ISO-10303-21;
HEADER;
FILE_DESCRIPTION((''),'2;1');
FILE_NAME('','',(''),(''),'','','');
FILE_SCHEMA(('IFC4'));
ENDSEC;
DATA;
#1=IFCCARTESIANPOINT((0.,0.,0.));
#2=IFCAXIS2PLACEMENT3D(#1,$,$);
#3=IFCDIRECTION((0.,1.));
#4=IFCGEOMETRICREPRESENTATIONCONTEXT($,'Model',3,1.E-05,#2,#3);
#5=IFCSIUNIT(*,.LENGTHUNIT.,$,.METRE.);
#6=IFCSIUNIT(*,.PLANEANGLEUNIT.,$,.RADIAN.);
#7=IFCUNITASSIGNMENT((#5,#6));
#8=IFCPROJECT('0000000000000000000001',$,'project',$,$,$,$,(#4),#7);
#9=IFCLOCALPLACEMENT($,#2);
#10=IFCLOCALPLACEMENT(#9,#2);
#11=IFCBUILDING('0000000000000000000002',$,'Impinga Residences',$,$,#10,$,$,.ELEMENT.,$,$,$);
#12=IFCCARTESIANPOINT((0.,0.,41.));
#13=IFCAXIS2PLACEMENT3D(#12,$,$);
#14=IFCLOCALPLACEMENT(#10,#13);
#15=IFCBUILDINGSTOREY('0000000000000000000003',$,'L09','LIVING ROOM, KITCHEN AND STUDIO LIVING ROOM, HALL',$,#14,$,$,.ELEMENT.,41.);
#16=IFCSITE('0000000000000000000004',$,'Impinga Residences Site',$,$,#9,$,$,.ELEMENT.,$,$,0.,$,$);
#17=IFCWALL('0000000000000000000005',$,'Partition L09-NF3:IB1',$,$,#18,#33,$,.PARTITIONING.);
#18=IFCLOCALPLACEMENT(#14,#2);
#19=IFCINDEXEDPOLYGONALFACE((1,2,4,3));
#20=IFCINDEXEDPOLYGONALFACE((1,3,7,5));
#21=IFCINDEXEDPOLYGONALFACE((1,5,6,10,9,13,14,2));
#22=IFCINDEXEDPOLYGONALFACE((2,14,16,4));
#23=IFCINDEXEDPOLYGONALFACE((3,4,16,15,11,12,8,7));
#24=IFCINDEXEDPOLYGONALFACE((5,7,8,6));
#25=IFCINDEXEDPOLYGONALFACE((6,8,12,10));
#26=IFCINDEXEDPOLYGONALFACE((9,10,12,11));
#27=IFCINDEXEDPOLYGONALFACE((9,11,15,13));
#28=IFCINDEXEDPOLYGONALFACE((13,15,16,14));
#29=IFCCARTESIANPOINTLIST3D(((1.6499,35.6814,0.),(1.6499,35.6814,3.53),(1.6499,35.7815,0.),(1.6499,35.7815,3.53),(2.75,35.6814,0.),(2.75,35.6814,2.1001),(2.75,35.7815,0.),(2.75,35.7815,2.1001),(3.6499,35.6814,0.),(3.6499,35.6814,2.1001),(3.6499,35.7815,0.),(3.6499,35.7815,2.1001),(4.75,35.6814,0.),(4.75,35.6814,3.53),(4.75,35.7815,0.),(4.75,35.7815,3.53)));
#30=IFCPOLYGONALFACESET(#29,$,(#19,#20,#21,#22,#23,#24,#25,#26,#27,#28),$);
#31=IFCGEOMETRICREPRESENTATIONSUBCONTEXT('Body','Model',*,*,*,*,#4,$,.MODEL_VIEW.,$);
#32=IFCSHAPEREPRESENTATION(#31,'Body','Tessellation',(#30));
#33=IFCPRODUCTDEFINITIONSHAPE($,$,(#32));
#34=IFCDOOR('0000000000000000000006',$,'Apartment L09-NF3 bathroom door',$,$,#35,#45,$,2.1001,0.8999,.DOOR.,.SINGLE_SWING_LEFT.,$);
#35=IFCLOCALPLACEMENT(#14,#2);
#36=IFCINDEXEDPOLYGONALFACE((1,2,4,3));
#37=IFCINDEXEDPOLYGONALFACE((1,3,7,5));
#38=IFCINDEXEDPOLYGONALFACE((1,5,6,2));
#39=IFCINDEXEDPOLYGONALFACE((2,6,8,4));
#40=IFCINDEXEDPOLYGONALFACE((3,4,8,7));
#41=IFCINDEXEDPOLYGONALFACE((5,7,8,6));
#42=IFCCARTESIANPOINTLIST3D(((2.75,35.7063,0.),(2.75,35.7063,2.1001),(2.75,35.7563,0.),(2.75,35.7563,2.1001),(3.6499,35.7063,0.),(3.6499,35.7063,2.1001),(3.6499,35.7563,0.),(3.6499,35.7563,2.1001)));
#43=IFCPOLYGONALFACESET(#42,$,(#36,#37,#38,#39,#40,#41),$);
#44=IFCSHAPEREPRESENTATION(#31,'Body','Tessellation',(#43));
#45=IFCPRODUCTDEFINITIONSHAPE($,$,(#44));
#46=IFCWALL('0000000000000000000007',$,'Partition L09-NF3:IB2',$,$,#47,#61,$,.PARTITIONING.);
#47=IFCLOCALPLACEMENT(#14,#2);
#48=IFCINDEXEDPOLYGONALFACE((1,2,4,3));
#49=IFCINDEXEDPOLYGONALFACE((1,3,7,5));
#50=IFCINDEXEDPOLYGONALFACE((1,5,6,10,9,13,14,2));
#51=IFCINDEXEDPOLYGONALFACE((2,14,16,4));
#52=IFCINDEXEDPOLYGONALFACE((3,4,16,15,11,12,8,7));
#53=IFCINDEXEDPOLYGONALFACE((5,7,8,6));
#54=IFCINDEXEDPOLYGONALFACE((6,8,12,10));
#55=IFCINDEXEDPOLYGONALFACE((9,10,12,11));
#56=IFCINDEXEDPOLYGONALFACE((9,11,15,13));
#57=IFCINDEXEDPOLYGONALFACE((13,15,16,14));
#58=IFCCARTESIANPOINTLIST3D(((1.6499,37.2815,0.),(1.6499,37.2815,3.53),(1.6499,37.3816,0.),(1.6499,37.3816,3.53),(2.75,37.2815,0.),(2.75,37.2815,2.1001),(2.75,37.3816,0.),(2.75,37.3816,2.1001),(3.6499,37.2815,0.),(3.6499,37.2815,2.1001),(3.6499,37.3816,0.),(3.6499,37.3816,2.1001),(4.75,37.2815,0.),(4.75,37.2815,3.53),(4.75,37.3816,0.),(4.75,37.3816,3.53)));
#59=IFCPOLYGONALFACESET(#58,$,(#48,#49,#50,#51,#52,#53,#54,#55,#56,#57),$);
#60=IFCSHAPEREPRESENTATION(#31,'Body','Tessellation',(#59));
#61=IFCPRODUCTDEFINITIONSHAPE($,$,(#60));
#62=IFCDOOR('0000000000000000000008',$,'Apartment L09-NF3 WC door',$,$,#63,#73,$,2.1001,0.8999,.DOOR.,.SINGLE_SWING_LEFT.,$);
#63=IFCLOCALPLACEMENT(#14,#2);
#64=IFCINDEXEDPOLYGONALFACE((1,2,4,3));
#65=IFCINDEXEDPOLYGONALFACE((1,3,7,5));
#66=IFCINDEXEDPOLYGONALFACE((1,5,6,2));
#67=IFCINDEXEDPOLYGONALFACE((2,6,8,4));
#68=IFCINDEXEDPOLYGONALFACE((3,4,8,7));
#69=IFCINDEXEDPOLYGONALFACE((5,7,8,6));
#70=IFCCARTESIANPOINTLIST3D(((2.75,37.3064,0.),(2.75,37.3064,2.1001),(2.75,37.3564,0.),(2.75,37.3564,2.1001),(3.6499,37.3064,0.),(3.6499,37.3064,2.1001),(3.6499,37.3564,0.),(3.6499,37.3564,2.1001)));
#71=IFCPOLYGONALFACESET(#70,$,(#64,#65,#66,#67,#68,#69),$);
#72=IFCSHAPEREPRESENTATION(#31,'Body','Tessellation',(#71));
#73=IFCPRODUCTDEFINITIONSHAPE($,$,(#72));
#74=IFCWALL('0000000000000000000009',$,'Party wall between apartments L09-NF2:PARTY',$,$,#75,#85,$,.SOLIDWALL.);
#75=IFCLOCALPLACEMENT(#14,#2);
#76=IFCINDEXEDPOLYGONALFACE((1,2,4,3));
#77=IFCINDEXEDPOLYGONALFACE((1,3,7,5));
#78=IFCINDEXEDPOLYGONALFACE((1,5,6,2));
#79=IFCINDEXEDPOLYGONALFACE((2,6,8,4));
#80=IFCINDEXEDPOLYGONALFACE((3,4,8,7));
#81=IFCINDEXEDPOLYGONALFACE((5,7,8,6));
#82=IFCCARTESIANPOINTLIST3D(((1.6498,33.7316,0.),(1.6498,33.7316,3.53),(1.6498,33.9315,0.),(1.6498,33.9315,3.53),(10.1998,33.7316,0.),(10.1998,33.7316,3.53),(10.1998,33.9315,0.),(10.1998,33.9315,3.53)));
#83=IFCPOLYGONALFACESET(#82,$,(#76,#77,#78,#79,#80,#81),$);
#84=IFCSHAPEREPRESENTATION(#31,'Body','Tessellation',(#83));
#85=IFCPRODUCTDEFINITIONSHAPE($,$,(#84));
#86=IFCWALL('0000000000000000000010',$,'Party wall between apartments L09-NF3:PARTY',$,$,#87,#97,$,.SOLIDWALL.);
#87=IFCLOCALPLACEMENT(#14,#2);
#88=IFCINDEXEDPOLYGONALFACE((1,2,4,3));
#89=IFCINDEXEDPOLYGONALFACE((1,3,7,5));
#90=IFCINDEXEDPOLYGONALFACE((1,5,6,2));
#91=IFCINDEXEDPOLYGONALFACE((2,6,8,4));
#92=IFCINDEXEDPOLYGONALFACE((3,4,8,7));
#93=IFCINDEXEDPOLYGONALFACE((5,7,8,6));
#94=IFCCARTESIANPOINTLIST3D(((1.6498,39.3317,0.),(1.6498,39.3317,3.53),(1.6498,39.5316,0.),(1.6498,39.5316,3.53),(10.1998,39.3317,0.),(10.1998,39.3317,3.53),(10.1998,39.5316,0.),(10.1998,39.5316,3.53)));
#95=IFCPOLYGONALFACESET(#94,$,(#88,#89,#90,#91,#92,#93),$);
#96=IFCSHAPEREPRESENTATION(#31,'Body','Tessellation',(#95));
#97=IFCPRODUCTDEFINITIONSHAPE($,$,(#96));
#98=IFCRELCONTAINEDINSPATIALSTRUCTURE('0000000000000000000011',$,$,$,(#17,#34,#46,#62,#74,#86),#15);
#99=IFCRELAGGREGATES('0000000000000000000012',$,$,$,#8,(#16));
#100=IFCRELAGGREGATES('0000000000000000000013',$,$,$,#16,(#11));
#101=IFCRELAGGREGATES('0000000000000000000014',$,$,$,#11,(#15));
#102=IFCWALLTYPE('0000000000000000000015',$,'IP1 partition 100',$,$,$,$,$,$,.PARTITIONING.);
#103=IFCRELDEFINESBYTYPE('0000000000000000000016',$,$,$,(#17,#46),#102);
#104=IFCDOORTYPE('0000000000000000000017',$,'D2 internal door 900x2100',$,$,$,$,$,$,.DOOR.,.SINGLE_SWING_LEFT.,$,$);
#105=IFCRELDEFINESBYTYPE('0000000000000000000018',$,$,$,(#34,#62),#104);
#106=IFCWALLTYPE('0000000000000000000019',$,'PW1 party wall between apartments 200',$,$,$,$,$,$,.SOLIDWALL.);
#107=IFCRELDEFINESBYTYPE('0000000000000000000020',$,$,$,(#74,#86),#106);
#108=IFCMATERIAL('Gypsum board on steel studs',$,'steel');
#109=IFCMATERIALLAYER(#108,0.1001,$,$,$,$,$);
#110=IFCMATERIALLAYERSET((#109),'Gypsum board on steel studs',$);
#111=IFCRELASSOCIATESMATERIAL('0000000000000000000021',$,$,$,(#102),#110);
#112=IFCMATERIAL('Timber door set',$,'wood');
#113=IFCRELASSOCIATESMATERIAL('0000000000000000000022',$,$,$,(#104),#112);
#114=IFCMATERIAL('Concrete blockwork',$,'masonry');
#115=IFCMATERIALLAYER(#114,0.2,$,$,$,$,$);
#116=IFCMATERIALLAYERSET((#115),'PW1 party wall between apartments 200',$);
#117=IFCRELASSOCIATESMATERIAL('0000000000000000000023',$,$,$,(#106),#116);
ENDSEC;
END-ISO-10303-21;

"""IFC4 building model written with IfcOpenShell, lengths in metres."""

from ifc_helpers import new_model, si_unit, direction, frame, frame_2d, origin, place, context, subcontext, project, spatial, rectangle, extrude, material, layer, layer_set, type_object, element, fill, save


model = new_model("IFC4")

# Units and contexts
model_context = context("Model", 3, precision=1e-05, world=origin(), true_north=direction((0.0, 1.0)))
body_context = subcontext(model_context, "Body", "Model", "MODEL_VIEW")
ifc_project = project(units=[si_unit("LENGTHUNIT", "METRE"), si_unit("PLANEANGLEUNIT", "RADIAN")], contexts=[model_context])

# Site, building, storey
site_placement = place(None, origin())
site = spatial("IfcSite", under=ifc_project, at=site_placement, Name="Impinga Residences Site", CompositionType="ELEMENT", RefElevation=0.0)
building_placement = place(site_placement, origin())
building = spatial("IfcBuilding", under=site, at=building_placement, Name="Impinga Residences", CompositionType="ELEMENT")
storey_placement = place(building_placement, frame((0.0, 0.0, 41.0)))
storey = spatial("IfcBuildingStorey", under=building, at=storey_placement, Name="L09", Description="LIVING ROOM, KITCHEN AND STUDIO LIVING ROOM, HALL", CompositionType="ELEMENT", Elevation=41.0)

# Shared definitions
ifc_material_1 = material(Name="Gypsum board on steel studs", Category="steel")
ifc_layer_1 = layer(ifc_material_1, 0.1001)
ifc_layer_set_1 = layer_set([ifc_layer_1], Name="Gypsum board on steel studs")
wall_type_1 = type_object("IfcWallType", Name="IP1 partition 100", PredefinedType="PARTITIONING", material=ifc_layer_set_1)

# Shared definitions
ifc_material_2 = material(Name="Timber door set", Category="wood")
door_type = type_object("IfcDoorType", Name="D2 internal door 900x2100", OperationType="SINGLE_SWING_LEFT", PredefinedType="DOOR", material=ifc_material_2)

# Walls, openings, doors
wall_1_placement = place(storey_placement, frame((1.6499, 35.7314, 0.0), z_axis=(0.0, 0.0, 1.0), x_axis=(1.0, 0.0, 0.0)))
wall_1 = element("IfcWall", 1, at=wall_1_placement, inside=storey, type_object=wall_type_1, Name="Partition L09-NF3:IB1", PredefinedType="PARTITIONING", context=body_context, shape_type="SweptSolid", body=[
    extrude(rectangle(XDim=3.1001, YDim=0.1001, at=frame_2d((1.55, 0.0))), origin(), (0.0, 0.0, 1.0), 3.53),
])
opening_1_placement = place(wall_1_placement, frame((1.1001, 0.0, 0.0)))
opening_1 = element("IfcOpeningElement", 2, at=opening_1_placement, cuts=wall_1, PredefinedType="OPENING", context=body_context, shape_type="SweptSolid", body=[
    extrude(rectangle(XDim=0.8999, YDim=2.1001, at=frame_2d((0.45, 1.05))), frame((0.0, 0.0601, 0.0), z_axis=(0.0, -1.0, 0.0), x_axis=(1.0, 0.0, 0.0)), (0.0, 0.0, 1.0), 0.1201),
])
door_1_placement = place(opening_1_placement, origin())
door_1 = element("IfcDoor", 3, at=door_1_placement, inside=storey, type_object=door_type, Name="Apartment L09-NF3 bathroom door", OperationType="SINGLE_SWING_LEFT", OverallHeight=2.1001, OverallWidth=0.8999, PredefinedType="DOOR", context=body_context, shape_type="SweptSolid", body=[
    extrude(rectangle(XDim=0.8999, YDim=2.1001, at=frame_2d((0.45, 1.05))), frame((0.0, 0.0249, 0.0), z_axis=(0.0, -1.0, 0.0), x_axis=(1.0, 0.0, 0.0)), (0.0, 0.0, 1.0), 0.05),
])
fill(opening_1, door_1)
wall_2_placement = place(storey_placement, frame((1.6499, 37.3315, 0.0), z_axis=(0.0, 0.0, 1.0), x_axis=(1.0, 0.0, 0.0)))
wall_2 = element("IfcWall", 4, at=wall_2_placement, inside=storey, type_object=wall_type_1, Name="Partition L09-NF3:IB2", PredefinedType="PARTITIONING", context=body_context, shape_type="SweptSolid", body=[
    extrude(rectangle(XDim=3.1001, YDim=0.1001, at=frame_2d((1.55, 0.0))), origin(), (0.0, 0.0, 1.0), 3.53),
])
opening_2_placement = place(wall_2_placement, frame((1.1001, 0.0, 0.0)))
opening_2 = element("IfcOpeningElement", 5, at=opening_2_placement, cuts=wall_2, PredefinedType="OPENING", context=body_context, shape_type="SweptSolid", body=[
    extrude(rectangle(XDim=0.8999, YDim=2.1001, at=frame_2d((0.45, 1.05))), frame((0.0, 0.0601, 0.0), z_axis=(0.0, -1.0, 0.0), x_axis=(1.0, 0.0, 0.0)), (0.0, 0.0, 1.0), 0.1201),
])
door_2_placement = place(opening_2_placement, origin())
door_2 = element("IfcDoor", 6, at=door_2_placement, inside=storey, type_object=door_type, Name="Apartment L09-NF3 WC door", OperationType="SINGLE_SWING_LEFT", OverallHeight=2.1001, OverallWidth=0.8999, PredefinedType="DOOR", context=body_context, shape_type="SweptSolid", body=[
    extrude(rectangle(XDim=0.8999, YDim=2.1001, at=frame_2d((0.45, 1.05))), frame((0.0, 0.0249, 0.0), z_axis=(0.0, -1.0, 0.0), x_axis=(1.0, 0.0, 0.0)), (0.0, 0.0, 1.0), 0.05),
])
fill(opening_2, door_2)

# Walls
ifc_material_3 = material(Name="Concrete blockwork", Category="masonry")
ifc_layer_2 = layer(ifc_material_3, 0.2)
ifc_layer_set_2 = layer_set([ifc_layer_2], Name="PW1 party wall between apartments 200")
wall_type_2 = type_object("IfcWallType", Name="PW1 party wall between apartments 200", PredefinedType="SOLIDWALL", material=ifc_layer_set_2)
for number, where, z_axis, x_axis, name in (
    (7, (1.6499, 33.8315, 0.0), (0.0, 0.0, 1.0), (1.0, 0.0, 0.0), "Party wall between apartments L09-NF2:PARTY"),
    (8, (1.6499, 39.4316, 0.0), (0.0, 0.0, 1.0), (1.0, 0.0, 0.0), "Party wall between apartments L09-NF3:PARTY"),
):
    element("IfcWall", number, at=place(storey_placement, frame(where, z_axis=z_axis, x_axis=x_axis)), inside=storey, type_object=wall_type_2, Name=name, PredefinedType="SOLIDWALL", context=body_context, shape_type="SweptSolid", body=[
        extrude(rectangle(XDim=8.55, YDim=0.2, at=frame_2d((4.2749, 0.0))), origin(), (0.0, 0.0, 1.0), 3.53),
    ])

save(model, "model.ifc")
